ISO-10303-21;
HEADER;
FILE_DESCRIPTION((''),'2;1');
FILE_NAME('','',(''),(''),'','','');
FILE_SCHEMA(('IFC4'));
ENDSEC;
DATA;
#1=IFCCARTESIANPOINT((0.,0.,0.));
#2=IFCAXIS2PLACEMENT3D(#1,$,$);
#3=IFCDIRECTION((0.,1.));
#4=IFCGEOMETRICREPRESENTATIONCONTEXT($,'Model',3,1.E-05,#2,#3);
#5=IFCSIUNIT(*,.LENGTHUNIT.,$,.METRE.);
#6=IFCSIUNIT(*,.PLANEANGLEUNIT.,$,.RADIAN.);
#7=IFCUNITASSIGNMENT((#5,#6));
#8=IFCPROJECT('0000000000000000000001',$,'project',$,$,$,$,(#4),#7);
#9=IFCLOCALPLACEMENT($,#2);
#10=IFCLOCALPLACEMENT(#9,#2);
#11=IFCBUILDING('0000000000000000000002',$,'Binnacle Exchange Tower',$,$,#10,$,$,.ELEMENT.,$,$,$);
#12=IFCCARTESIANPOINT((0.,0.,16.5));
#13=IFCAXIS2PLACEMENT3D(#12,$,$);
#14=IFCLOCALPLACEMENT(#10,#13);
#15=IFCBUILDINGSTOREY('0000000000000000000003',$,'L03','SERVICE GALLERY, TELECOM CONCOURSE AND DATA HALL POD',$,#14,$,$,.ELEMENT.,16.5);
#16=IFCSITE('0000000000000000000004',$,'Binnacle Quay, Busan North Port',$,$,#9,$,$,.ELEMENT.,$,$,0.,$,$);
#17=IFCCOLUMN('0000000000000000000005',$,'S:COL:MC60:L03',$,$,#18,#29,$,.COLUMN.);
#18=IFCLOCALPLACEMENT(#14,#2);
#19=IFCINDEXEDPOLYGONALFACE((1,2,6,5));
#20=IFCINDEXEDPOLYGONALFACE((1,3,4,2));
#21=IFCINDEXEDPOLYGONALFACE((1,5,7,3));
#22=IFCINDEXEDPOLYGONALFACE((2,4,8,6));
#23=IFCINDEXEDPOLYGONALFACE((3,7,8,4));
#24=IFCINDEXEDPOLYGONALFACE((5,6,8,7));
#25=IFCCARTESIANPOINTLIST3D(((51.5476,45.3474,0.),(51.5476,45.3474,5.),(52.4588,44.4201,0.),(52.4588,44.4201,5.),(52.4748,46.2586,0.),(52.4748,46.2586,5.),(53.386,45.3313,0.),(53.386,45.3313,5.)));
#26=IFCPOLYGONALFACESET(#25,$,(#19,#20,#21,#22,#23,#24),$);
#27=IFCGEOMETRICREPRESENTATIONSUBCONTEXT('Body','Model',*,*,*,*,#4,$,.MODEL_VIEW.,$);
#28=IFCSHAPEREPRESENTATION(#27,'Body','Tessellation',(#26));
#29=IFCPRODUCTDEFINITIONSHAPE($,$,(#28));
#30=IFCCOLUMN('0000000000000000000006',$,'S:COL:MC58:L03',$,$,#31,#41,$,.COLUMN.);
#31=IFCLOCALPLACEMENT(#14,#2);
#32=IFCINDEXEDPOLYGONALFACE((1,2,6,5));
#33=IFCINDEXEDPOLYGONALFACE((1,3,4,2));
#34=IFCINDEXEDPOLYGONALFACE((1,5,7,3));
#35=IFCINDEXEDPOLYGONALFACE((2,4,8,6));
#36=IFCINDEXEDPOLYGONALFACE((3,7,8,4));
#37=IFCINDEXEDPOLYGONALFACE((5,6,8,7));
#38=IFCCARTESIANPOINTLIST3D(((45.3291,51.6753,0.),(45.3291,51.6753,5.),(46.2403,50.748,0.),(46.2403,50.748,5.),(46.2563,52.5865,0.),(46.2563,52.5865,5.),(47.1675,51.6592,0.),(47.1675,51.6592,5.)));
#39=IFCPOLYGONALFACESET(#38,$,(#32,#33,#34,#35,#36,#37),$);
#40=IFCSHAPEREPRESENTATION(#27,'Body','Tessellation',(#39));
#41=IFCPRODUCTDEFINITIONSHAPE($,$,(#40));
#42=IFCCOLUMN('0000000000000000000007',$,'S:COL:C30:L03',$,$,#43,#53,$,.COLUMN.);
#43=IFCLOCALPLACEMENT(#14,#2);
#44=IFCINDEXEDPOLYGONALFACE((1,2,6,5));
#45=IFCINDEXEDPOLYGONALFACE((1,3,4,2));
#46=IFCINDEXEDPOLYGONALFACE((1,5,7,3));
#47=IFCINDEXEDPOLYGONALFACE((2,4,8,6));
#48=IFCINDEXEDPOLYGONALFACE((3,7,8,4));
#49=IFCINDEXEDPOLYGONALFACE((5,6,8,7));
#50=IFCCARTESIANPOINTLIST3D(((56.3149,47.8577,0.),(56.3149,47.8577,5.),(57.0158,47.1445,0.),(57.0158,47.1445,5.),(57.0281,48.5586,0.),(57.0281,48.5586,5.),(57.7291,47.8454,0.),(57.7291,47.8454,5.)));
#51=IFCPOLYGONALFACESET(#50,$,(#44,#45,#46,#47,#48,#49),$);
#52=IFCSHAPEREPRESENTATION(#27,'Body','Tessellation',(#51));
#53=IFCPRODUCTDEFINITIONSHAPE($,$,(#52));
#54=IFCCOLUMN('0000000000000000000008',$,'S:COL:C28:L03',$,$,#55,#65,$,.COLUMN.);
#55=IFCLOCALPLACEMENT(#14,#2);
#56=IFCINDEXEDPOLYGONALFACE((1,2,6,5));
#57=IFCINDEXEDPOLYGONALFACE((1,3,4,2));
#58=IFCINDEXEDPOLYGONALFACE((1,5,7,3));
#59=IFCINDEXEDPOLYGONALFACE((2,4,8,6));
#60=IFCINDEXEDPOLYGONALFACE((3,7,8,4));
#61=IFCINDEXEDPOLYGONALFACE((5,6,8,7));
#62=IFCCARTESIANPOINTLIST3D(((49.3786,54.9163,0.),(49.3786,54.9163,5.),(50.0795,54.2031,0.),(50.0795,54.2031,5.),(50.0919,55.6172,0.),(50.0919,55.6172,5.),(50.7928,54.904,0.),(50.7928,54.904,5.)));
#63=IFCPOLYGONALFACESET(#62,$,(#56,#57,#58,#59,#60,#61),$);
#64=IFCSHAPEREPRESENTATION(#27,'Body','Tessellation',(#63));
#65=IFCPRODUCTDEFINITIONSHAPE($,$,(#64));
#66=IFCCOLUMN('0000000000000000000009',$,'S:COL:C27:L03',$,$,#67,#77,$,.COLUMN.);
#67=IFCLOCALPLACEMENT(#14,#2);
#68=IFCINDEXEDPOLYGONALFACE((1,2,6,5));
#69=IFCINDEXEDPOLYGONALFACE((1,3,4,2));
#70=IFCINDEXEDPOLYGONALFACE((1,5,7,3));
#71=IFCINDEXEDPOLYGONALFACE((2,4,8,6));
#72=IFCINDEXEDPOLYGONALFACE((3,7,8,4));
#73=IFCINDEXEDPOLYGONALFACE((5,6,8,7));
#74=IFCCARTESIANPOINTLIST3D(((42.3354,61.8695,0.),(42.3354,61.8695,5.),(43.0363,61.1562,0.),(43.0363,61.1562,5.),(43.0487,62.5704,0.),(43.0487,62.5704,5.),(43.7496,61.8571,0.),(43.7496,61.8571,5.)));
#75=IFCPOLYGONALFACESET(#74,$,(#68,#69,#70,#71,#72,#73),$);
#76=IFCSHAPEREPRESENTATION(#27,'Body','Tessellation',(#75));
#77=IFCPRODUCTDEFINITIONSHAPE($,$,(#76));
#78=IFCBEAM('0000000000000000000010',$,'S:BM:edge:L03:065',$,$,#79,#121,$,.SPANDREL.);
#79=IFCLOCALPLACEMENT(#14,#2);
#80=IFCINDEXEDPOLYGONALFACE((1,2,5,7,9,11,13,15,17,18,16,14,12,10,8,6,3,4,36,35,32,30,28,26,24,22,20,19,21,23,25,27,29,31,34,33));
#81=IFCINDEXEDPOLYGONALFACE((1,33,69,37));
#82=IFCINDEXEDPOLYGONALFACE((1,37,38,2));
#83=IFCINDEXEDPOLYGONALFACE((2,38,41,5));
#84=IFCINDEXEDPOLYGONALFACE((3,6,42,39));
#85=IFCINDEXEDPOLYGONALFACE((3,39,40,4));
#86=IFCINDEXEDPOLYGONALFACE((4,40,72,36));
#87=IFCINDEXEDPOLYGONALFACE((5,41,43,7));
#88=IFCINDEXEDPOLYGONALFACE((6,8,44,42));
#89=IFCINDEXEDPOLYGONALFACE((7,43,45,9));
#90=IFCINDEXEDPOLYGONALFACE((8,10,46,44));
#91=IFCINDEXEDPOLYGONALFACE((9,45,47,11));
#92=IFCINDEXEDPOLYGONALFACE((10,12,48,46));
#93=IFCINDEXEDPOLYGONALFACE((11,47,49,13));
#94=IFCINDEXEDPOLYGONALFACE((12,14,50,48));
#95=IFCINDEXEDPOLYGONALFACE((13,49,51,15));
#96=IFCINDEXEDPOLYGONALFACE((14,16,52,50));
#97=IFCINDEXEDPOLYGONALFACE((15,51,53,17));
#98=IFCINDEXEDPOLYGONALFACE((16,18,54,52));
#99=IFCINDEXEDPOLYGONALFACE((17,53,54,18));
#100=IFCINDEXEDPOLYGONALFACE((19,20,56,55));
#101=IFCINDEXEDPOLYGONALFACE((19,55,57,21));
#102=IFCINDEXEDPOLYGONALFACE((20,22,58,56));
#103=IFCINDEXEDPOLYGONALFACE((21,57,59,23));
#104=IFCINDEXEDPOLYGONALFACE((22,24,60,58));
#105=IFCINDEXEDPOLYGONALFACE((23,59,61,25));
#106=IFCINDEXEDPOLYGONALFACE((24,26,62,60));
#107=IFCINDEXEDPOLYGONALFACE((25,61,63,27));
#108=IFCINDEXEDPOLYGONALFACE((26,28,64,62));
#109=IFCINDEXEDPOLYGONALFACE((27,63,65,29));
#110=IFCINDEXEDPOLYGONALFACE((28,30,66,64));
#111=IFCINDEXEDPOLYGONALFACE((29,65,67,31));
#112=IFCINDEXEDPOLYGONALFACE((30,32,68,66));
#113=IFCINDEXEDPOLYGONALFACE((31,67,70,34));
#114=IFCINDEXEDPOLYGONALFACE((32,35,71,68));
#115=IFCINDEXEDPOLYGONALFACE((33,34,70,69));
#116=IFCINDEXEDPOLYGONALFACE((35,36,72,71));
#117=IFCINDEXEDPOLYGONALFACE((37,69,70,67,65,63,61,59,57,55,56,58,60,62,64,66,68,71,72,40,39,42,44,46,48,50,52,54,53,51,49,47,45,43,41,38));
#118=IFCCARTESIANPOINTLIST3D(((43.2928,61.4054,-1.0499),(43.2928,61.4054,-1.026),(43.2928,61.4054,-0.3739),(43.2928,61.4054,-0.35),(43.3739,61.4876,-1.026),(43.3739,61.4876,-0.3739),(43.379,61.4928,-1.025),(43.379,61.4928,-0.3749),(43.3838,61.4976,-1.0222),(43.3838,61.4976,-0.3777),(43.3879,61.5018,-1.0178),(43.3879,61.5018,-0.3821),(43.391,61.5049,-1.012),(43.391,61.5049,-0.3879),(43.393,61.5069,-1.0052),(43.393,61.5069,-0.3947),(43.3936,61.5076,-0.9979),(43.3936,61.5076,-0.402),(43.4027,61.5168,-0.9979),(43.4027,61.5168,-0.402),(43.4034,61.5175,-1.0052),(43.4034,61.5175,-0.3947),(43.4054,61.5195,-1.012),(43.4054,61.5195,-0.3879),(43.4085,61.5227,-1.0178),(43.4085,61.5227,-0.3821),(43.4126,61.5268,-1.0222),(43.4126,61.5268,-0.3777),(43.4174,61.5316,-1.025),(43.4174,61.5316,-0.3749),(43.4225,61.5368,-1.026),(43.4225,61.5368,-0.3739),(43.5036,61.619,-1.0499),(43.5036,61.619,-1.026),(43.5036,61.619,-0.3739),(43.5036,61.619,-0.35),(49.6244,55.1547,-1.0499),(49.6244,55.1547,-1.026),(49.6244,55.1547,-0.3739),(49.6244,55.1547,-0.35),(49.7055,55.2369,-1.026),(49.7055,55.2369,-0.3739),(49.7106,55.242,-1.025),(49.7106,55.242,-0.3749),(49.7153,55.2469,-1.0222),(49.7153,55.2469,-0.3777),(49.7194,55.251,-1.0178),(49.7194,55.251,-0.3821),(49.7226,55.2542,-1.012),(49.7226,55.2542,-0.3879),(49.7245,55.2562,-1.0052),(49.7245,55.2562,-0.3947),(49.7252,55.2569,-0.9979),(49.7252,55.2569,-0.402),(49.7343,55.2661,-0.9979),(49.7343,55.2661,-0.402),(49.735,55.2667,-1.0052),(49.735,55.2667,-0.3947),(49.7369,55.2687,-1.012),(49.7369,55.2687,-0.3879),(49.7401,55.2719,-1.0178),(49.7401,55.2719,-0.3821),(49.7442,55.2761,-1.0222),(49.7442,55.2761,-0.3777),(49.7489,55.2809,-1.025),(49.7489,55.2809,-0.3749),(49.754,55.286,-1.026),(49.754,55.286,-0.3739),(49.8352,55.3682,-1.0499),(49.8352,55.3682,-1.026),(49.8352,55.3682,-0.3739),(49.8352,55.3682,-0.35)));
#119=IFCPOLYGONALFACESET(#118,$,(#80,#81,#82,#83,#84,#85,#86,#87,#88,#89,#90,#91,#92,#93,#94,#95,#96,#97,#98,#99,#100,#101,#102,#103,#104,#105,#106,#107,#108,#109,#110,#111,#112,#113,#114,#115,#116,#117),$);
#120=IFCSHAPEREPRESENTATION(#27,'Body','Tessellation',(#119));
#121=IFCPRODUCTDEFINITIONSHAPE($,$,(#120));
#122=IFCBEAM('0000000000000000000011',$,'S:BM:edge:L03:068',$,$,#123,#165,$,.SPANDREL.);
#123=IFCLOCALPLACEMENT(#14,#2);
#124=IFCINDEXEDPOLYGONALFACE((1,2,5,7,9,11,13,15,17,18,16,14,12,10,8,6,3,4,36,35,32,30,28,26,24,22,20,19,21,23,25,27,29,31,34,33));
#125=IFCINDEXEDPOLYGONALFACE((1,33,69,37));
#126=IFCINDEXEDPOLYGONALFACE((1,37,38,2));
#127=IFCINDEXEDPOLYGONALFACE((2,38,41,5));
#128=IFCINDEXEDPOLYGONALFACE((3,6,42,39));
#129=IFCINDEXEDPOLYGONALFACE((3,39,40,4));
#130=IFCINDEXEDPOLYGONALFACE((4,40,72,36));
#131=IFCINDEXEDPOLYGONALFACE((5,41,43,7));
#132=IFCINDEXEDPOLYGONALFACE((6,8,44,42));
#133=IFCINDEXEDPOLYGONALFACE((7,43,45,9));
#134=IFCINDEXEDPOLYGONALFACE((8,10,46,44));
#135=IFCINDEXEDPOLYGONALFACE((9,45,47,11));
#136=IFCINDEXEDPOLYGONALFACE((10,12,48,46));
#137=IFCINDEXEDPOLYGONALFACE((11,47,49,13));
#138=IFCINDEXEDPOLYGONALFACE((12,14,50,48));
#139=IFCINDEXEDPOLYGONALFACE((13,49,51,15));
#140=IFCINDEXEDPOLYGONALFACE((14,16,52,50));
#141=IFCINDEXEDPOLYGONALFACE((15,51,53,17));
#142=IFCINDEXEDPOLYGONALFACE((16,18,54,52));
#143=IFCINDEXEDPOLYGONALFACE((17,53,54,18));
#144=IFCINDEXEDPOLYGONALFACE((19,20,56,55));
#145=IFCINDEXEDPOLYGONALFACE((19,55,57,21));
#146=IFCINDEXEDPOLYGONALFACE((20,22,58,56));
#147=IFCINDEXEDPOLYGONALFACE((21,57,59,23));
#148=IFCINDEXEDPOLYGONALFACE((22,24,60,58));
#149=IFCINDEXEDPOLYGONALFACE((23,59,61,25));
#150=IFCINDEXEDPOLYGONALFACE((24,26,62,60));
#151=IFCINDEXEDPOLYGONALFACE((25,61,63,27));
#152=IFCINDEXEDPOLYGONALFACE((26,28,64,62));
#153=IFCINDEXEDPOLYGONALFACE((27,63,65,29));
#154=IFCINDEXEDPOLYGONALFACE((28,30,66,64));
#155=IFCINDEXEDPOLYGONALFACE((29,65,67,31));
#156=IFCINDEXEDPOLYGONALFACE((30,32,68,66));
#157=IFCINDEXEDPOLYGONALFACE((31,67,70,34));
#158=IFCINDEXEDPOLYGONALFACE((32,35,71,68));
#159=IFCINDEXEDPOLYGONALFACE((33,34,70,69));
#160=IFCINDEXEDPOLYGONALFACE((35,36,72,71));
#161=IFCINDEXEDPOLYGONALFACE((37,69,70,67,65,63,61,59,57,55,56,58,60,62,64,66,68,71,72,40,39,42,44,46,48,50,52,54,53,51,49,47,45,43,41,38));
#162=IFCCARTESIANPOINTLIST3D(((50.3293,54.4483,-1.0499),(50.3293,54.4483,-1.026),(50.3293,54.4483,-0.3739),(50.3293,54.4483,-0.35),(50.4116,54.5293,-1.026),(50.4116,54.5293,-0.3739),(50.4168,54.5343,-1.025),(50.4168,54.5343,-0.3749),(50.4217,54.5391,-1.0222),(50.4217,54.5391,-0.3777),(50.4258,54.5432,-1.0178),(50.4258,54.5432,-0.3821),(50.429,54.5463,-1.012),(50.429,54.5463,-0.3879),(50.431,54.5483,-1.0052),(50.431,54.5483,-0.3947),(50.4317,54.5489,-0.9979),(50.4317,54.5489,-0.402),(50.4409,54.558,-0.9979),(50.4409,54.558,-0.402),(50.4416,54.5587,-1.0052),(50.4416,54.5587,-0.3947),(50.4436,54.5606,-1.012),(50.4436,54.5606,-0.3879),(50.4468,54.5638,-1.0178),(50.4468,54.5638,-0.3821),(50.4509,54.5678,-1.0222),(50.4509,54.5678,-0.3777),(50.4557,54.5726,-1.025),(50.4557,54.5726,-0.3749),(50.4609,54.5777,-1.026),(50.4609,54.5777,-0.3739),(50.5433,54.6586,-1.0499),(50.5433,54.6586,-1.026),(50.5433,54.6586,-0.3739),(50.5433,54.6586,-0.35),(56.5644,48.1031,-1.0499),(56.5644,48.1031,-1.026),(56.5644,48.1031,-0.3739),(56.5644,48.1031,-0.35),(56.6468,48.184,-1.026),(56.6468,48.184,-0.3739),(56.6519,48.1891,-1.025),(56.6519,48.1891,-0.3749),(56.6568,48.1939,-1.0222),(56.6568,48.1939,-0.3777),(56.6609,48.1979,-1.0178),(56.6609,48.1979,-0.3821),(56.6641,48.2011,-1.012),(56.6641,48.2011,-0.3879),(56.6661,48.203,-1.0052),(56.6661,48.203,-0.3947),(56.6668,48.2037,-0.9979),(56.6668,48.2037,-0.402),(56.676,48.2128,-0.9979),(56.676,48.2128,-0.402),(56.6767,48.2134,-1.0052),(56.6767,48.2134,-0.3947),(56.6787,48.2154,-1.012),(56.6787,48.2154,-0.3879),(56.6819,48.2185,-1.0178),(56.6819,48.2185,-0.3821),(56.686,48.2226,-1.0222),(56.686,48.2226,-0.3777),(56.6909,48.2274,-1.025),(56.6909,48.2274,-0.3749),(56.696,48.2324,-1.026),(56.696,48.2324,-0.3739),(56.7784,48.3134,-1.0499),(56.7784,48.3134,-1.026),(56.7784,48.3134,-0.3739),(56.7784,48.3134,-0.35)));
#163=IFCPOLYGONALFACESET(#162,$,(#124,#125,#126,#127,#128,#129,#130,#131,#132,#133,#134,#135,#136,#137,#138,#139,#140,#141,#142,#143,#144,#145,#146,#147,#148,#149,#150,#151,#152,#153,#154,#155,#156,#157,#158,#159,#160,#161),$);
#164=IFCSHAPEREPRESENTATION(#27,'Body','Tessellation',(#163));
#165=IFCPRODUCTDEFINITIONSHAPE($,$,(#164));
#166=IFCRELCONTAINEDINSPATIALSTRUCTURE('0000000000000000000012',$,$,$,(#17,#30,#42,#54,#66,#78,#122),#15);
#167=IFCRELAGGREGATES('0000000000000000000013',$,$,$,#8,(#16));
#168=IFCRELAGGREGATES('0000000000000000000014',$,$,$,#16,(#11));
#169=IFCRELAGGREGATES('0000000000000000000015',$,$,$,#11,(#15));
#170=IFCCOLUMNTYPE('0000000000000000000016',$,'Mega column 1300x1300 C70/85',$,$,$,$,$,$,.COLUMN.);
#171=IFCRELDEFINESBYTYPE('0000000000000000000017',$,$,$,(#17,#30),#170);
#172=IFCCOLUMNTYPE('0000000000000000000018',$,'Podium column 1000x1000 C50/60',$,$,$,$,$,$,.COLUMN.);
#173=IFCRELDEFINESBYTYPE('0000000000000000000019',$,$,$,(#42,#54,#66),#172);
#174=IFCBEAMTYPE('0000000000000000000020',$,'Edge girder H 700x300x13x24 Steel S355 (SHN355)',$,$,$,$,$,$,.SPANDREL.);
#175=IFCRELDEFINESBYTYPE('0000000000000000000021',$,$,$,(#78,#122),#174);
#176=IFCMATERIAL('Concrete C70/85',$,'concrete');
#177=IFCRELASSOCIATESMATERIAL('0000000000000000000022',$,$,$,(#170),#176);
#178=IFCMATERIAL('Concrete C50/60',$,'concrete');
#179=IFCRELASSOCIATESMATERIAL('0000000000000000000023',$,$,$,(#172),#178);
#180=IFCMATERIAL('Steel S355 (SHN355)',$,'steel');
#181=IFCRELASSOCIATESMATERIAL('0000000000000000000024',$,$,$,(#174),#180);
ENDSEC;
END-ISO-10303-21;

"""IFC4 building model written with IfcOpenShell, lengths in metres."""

from ifc_helpers import new_model, si_unit, direction, frame, origin, origin_2d, place, context, subcontext, project, spatial, rectangle, i_section, extrude, material, material_profile, profile_set, type_object, element, save


model = new_model("IFC4")

# Units and contexts
model_context = context("Model", 3, precision=1e-05, world=origin(), true_north=direction((0.0, 1.0)))
body_context = subcontext(model_context, "Body", "Model", "MODEL_VIEW")
ifc_project = project(units=[si_unit("LENGTHUNIT", "METRE"), si_unit("PLANEANGLEUNIT", "RADIAN")], contexts=[model_context])

# Site, building, storey
site_placement = place(None, origin())
site = spatial("IfcSite", under=ifc_project, at=site_placement, Name="Binnacle Quay, Busan North Port", CompositionType="ELEMENT", RefElevation=0.0)
building_placement = place(site_placement, origin())
building = spatial("IfcBuilding", under=site, at=building_placement, Name="Binnacle Exchange Tower", CompositionType="ELEMENT")
storey_placement = place(building_placement, frame((0.0, 0.0, 16.5)))
storey = spatial("IfcBuildingStorey", under=building, at=storey_placement, Name="L03", Description="SERVICE GALLERY, TELECOM CONCOURSE AND DATA HALL POD", CompositionType="ELEMENT", Elevation=16.5)

# Columns
ifc_material_1 = material(Name="Concrete C70/85", Category="concrete")
ifc_material_profile_1 = material_profile(ifc_material_1, rectangle(XDim=1.3, YDim=1.3, at=origin_2d()), Name="Mega column 1300x1300 C70/85")
ifc_profile_set_1 = profile_set([ifc_material_profile_1], Name="Concrete C70/85")
column_type_1 = type_object("IfcColumnType", Name="Mega column 1300x1300 C70/85", PredefinedType="COLUMN", material=ifc_profile_set_1)
for number, where, z_axis, x_axis, name in (
    (1, (52.4668, 45.3394, 0.0), (0.0, 0.0, 1.0), (-0.700909, 0.71325, 0.0), "S:COL:MC60:L03"),
    (2, (46.2483, 51.6672, 0.0), (0.0, 0.0, 1.0), (-0.700909, 0.71325, 0.0), "S:COL:MC58:L03"),
):
    element("IfcColumn", number, at=place(storey_placement, frame(where, z_axis=z_axis, x_axis=x_axis)), inside=storey, type_object=column_type_1, Name=name, PredefinedType="COLUMN", context=body_context, shape_type="SweptSolid", body=[
        extrude(rectangle(XDim=1.3, YDim=1.3, at=origin_2d()), origin(), (0.0, 0.0, 1.0), 5.0),
    ])
ifc_material_2 = material(Name="Concrete C50/60", Category="concrete")
ifc_material_profile_2 = material_profile(ifc_material_2, rectangle(XDim=1.0, YDim=1.0, at=origin_2d()), Name="Podium column 1000x1000 C50/60")
ifc_profile_set_2 = profile_set([ifc_material_profile_2], Name="Concrete C50/60")
column_type_2 = type_object("IfcColumnType", Name="Podium column 1000x1000 C50/60", PredefinedType="COLUMN", material=ifc_profile_set_2)
for number, where, z_axis, x_axis, name in (
    (3, (57.022, 47.8516, 0.0), (0.0, 0.0, 1.0), (-0.700909, 0.71325, 0.0), "S:COL:C30:L03"),
    (4, (50.0857, 54.9102, 0.0), (0.0, 0.0, 1.0), (-0.700909, 0.71325, 0.0), "S:COL:C28:L03"),
    (5, (43.0425, 61.8633, 0.0), (0.0, 0.0, 1.0), (-0.700909, 0.71325, 0.0), "S:COL:C27:L03"),
):
    element("IfcColumn", number, at=place(storey_placement, frame(where, z_axis=z_axis, x_axis=x_axis)), inside=storey, type_object=column_type_2, Name=name, PredefinedType="COLUMN", context=body_context, shape_type="SweptSolid", body=[
        extrude(rectangle(XDim=1.0, YDim=1.0, at=origin_2d()), origin(), (0.0, 0.0, 1.0), 5.0),
    ])

# Beams
ifc_material_3 = material(Name="Steel S355 (SHN355)", Category="steel")
ifc_material_profile_3 = material_profile(ifc_material_3, i_section(OverallWidth=0.3, OverallDepth=0.7, WebThickness=0.0129, FlangeThickness=0.0239, FilletRadius=0.0281, at=origin_2d()), Name="H 700x300x13x24")
ifc_profile_set_3 = profile_set([ifc_material_profile_3], Name="Steel S355 (SHN355)")
beam_type_1 = type_object("IfcBeamType", Name="Edge girder H 700x300x13x24 Steel S355 (SHN355)", PredefinedType="SPANDREL", material=ifc_profile_set_3)
beam_1_placement = place(storey_placement, frame((43.3982, 61.5122, -0.7), z_axis=(0.711634, -0.702551, 0.0), x_axis=(0.702551, 0.711634, 0.0)))
element("IfcBeam", 6, at=beam_1_placement, inside=storey, type_object=beam_type_1, Name="S:BM:edge:L03:065", PredefinedType="SPANDREL", context=body_context, shape_type="SweptSolid", body=[
    extrude(i_section(OverallWidth=0.3, OverallDepth=0.7, WebThickness=0.0129, FlangeThickness=0.0239, FilletRadius=0.0281, at=origin_2d()), origin(), (0.0, 0.0, 1.0), 8.8972),
])
beam_2_placement = place(storey_placement, frame((50.4363, 54.5535, -0.7), z_axis=(0.700891, -0.713268, 0.0), x_axis=(0.713268, 0.700891, 0.0)))
element("IfcBeam", 7, at=beam_2_placement, inside=storey, type_object=beam_type_1, Name="S:BM:edge:L03:068", PredefinedType="SPANDREL", context=body_context, shape_type="SweptSolid", body=[
    extrude(i_section(OverallWidth=0.3, OverallDepth=0.7, WebThickness=0.0129, FlangeThickness=0.0239, FilletRadius=0.0281, at=origin_2d()), origin(), (0.0, 0.0, 1.0), 8.896),
])

save(model, "model.ifc")
